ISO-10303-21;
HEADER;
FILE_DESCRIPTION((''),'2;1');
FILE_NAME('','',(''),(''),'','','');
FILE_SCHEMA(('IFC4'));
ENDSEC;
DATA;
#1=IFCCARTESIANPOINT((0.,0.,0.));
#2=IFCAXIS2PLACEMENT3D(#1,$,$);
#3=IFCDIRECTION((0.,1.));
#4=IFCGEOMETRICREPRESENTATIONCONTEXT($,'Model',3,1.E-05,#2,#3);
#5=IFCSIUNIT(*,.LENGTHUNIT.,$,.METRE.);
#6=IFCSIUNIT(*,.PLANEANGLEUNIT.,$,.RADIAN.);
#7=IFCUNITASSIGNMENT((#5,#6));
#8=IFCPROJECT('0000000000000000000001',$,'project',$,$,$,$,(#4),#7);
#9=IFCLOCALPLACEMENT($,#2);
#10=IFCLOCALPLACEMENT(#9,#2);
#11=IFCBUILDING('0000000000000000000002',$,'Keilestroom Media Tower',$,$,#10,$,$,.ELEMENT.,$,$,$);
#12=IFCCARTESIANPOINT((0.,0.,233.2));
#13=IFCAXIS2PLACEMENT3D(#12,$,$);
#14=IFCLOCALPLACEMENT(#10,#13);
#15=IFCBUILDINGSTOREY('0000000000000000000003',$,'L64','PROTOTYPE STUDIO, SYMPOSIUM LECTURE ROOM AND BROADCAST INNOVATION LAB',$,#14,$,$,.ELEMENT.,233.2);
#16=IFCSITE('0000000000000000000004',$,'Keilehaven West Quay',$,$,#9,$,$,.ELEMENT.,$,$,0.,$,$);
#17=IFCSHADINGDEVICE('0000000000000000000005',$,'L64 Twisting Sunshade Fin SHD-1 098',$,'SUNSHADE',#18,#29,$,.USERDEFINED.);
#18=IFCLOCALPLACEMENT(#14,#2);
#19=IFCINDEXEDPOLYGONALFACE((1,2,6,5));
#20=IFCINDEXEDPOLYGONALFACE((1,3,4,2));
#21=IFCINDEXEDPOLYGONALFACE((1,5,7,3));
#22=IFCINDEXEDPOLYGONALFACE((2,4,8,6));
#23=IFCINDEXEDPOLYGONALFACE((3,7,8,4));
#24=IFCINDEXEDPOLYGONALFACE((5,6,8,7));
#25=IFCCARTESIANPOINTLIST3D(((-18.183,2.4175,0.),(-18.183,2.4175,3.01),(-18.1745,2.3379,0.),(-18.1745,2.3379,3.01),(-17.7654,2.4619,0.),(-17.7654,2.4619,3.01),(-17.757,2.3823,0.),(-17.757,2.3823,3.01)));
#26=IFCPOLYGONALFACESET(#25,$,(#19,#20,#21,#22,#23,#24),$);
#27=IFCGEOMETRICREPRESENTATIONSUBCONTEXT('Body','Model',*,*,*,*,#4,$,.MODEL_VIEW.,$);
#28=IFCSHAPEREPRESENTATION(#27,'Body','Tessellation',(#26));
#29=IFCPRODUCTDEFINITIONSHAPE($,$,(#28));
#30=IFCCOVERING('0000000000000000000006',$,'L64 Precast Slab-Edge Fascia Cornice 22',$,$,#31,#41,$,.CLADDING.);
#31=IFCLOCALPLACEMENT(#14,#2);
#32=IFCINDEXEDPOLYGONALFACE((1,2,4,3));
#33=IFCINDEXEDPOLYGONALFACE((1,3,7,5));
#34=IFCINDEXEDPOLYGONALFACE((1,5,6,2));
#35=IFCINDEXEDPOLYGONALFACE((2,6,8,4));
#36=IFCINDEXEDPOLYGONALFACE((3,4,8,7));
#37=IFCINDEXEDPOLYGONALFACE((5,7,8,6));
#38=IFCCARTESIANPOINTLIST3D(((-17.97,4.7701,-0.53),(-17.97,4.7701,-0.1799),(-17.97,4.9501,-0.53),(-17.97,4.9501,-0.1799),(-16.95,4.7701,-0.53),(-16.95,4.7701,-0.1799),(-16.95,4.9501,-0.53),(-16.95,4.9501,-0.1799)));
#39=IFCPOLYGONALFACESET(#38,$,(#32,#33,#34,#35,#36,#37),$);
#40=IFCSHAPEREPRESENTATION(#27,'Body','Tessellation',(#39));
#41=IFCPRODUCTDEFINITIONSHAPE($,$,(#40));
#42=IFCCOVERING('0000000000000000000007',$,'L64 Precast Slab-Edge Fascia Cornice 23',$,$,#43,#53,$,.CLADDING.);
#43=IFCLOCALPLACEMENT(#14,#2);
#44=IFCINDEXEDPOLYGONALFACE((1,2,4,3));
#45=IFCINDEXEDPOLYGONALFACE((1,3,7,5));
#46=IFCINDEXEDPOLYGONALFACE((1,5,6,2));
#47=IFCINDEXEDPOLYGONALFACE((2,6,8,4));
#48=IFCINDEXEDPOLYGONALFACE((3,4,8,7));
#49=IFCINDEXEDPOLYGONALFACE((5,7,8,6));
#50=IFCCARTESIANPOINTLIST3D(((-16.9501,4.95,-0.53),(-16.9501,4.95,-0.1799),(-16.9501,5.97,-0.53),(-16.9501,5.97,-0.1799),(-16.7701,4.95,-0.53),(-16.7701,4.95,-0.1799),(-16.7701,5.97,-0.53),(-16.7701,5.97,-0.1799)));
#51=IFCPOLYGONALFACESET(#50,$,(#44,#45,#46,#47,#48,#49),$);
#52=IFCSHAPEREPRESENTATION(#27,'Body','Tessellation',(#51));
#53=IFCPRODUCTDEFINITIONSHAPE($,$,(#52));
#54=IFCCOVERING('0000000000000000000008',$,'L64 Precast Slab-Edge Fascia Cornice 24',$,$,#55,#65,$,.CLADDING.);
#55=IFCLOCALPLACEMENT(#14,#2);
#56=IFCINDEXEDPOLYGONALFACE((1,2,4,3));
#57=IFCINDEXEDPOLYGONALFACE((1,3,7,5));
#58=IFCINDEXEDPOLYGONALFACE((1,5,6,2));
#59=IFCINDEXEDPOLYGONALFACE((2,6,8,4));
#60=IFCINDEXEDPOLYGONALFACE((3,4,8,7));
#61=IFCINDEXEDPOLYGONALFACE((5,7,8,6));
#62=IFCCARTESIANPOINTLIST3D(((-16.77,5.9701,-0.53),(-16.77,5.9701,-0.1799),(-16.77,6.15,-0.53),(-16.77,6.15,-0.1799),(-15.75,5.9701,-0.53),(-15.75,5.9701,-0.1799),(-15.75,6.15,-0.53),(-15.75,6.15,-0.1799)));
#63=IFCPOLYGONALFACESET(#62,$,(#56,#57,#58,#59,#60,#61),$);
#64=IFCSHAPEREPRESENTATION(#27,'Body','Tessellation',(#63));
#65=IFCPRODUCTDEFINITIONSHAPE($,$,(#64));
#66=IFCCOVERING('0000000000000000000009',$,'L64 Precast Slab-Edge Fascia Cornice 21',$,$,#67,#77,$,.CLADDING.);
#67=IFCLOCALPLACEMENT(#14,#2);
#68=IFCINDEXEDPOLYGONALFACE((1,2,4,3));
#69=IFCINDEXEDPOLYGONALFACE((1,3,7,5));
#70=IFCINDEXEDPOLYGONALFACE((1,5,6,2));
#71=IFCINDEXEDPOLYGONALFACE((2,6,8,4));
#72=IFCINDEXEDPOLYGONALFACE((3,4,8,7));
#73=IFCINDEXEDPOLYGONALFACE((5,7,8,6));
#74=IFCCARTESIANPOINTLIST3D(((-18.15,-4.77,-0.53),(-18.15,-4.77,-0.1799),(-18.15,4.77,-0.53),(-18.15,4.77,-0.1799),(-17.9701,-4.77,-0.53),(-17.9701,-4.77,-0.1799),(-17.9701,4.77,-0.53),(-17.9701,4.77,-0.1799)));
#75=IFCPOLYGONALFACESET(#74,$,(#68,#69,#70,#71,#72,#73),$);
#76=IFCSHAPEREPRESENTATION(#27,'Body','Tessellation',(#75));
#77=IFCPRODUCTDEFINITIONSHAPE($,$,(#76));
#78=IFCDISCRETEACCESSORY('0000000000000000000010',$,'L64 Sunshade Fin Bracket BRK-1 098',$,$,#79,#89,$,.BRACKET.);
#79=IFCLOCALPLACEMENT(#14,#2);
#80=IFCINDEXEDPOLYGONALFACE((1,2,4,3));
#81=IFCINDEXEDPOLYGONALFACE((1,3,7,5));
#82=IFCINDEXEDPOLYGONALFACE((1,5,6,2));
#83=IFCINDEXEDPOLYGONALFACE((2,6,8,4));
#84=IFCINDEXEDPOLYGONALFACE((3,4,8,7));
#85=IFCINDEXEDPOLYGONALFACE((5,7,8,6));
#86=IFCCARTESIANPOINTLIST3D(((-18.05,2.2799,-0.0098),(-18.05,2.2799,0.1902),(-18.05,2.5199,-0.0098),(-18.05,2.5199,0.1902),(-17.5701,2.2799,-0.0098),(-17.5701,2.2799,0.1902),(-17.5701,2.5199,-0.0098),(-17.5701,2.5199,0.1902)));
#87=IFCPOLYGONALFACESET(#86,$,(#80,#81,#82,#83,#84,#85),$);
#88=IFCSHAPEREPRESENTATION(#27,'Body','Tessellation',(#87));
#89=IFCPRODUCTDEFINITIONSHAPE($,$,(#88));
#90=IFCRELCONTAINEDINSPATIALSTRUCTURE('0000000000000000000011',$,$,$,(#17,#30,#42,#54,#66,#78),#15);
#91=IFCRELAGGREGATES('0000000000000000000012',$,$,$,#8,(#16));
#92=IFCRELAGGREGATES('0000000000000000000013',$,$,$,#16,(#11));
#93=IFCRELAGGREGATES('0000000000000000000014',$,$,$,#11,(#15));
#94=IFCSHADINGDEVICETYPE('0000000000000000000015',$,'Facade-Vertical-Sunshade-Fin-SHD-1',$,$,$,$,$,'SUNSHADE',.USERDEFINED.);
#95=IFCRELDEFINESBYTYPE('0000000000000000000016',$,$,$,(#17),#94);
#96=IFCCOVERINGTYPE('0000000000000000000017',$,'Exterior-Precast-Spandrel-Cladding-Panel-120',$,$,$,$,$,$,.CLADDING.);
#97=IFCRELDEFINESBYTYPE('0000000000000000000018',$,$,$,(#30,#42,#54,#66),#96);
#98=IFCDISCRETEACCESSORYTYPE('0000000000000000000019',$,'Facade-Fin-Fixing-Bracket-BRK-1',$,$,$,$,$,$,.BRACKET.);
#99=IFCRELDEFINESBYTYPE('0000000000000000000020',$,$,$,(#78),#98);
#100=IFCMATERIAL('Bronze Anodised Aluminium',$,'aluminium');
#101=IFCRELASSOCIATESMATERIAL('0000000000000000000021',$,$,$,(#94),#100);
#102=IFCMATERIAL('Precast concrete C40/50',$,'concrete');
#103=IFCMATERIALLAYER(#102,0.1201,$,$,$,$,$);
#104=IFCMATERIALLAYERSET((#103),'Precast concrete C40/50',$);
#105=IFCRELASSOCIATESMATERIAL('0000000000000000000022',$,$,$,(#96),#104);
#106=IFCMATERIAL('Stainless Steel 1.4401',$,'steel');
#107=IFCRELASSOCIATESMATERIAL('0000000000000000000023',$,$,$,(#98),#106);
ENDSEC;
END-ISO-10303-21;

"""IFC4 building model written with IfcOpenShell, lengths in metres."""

from ifc_helpers import new_model, si_unit, direction, frame, origin, origin_2d, place, context, subcontext, project, spatial, rectangle, extrude, source, transform, mapped, material, layer, layer_set, type_object, element, save


model = new_model("IFC4")

# Units and contexts
model_context = context("Model", 3, precision=1e-05, world=origin(), true_north=direction((0.0, 1.0)))
body_context = subcontext(model_context, "Body", "Model", "MODEL_VIEW")
ifc_project = project(units=[si_unit("LENGTHUNIT", "METRE"), si_unit("PLANEANGLEUNIT", "RADIAN")], contexts=[model_context])

# Site, building, storey
site_placement = place(None, origin())
site = spatial("IfcSite", under=ifc_project, at=site_placement, Name="Keilehaven West Quay", CompositionType="ELEMENT", RefElevation=0.0)
building_placement = place(site_placement, origin())
building = spatial("IfcBuilding", under=site, at=building_placement, Name="Keilestroom Media Tower", CompositionType="ELEMENT")
storey_placement = place(building_placement, frame((0.0, 0.0, 233.2)))
storey = spatial("IfcBuildingStorey", under=building, at=storey_placement, Name="L64", Description="PROTOTYPE STUDIO, SYMPOSIUM LECTURE ROOM AND BROADCAST INNOVATION LAB", CompositionType="ELEMENT", Elevation=233.2)

# Shared definitions
ifc_material_1 = material(Name="Precast concrete C40/50", Category="concrete")

# Shading device
ifc_material_2 = material(Name="Bronze Anodised Aluminium", Category="aluminium")
shading_device_type = type_object("IfcShadingDeviceType", Name="Facade-Vertical-Sunshade-Fin-SHD-1", ElementType="SUNSHADE", PredefinedType="USERDEFINED", material=ifc_material_2)
shared_shape_1 = source(origin(), body_context, "Body", "SweptSolid", [
    extrude(rectangle(XDim=0.4199, YDim=0.0801, at=origin_2d()), origin(), (0.0, 0.0, 1.0), 3.01),
])
shading_device_placement = place(storey_placement, frame((-17.97, 2.3999, 0.0), z_axis=(0.0, 0.0, 1.0), x_axis=(0.994393, 0.105743, 0.0)))
element("IfcShadingDevice", 1, at=shading_device_placement, inside=storey, type_object=shading_device_type, Name="L64 Twisting Sunshade Fin SHD-1 098", ObjectType="SUNSHADE", PredefinedType="USERDEFINED", context=body_context, shape_type="MappedRepresentation", body=[
    mapped(shared_shape_1, transform((0.0, 0.0, 0.0), x_axis=(1.0, 0.0, 0.0), y_axis=(0.0, 1.0, 0.0), z_axis=(0.0, 0.0, 1.0), scale=1.0)),
])

# Coverings
ifc_layer_1 = layer(ifc_material_1, 0.1201)
ifc_layer_set_1 = layer_set([ifc_layer_1], Name="Precast concrete C40/50")
covering_type = type_object("IfcCoveringType", Name="Exterior-Precast-Spandrel-Cladding-Panel-120", PredefinedType="CLADDING", material=ifc_layer_set_1)
shared_shape_2 = source(origin(), body_context, "Body", "SweptSolid", [
    extrude(rectangle(XDim=1.02, YDim=0.1799, at=origin_2d()), origin(), (0.0, 0.0, 1.0), 0.3501),
])
for number, where, z_axis, x_axis, name in (
    (2, (-17.46, 4.8601, -0.53), (0.0, 0.0, 1.0), (1.0, 0.0, 0.0), "L64 Precast Slab-Edge Fascia Cornice 22"),
    (3, (-16.8601, 5.46, -0.53), (0.0, 0.0, 1.0), (0.0, 1.0, 0.0), "L64 Precast Slab-Edge Fascia Cornice 23"),
    (4, (-16.26, 6.0601, -0.53), (0.0, 0.0, 1.0), (1.0, 0.0, 0.0), "L64 Precast Slab-Edge Fascia Cornice 24"),
):
    element("IfcCovering", number, at=place(storey_placement, frame(where, z_axis=z_axis, x_axis=x_axis)), inside=storey, type_object=covering_type, Name=name, PredefinedType="CLADDING", context=body_context, shape_type="MappedRepresentation", body=[
        mapped(shared_shape_2, transform((0.0, 0.0, 0.0), x_axis=(1.0, 0.0, 0.0), y_axis=(0.0, 1.0, 0.0), z_axis=(0.0, 0.0, 1.0), scale=1.0)),
    ])
shared_shape_3 = source(origin(), body_context, "Body", "SweptSolid", [
    extrude(rectangle(XDim=9.54, YDim=0.1799, at=origin_2d()), origin(), (0.0, 0.0, 1.0), 0.3501),
])
covering_placement = place(storey_placement, frame((-18.0601, 0.0, -0.53), z_axis=(0.0, 0.0, 1.0), x_axis=(0.0, 1.0, 0.0)))
element("IfcCovering", 5, at=covering_placement, inside=storey, type_object=covering_type, Name="L64 Precast Slab-Edge Fascia Cornice 21", PredefinedType="CLADDING", context=body_context, shape_type="MappedRepresentation", body=[
    mapped(shared_shape_3, transform((0.0, 0.0, 0.0), x_axis=(1.0, 0.0, 0.0), y_axis=(0.0, 1.0, 0.0), z_axis=(0.0, 0.0, 1.0), scale=1.0)),
])

# Discrete accessory
ifc_material_3 = material(Name="Stainless Steel 1.4401", Category="steel")
discrete_accessory_type = type_object("IfcDiscreteAccessoryType", Name="Facade-Fin-Fixing-Bracket-BRK-1", PredefinedType="BRACKET", material=ifc_material_3)
shared_shape_4 = source(origin(), body_context, "Body", "SweptSolid", [
    extrude(rectangle(XDim=0.48, YDim=0.24, at=origin_2d()), origin(), (0.0, 0.0, 1.0), 0.2),
])
discrete_accessory_placement = place(storey_placement, frame((-17.8101, 2.3999, -0.0098), z_axis=(0.0, 0.0, 1.0), x_axis=(1.0, 0.0, 0.0)))
element("IfcDiscreteAccessory", 6, at=discrete_accessory_placement, inside=storey, type_object=discrete_accessory_type, Name="L64 Sunshade Fin Bracket BRK-1 098", PredefinedType="BRACKET", context=body_context, shape_type="MappedRepresentation", body=[
    mapped(shared_shape_4, transform((0.0, 0.0, 0.0), x_axis=(1.0, 0.0, 0.0), y_axis=(0.0, 1.0, 0.0), z_axis=(0.0, 0.0, 1.0), scale=1.0)),
])

save(model, "model.ifc")
